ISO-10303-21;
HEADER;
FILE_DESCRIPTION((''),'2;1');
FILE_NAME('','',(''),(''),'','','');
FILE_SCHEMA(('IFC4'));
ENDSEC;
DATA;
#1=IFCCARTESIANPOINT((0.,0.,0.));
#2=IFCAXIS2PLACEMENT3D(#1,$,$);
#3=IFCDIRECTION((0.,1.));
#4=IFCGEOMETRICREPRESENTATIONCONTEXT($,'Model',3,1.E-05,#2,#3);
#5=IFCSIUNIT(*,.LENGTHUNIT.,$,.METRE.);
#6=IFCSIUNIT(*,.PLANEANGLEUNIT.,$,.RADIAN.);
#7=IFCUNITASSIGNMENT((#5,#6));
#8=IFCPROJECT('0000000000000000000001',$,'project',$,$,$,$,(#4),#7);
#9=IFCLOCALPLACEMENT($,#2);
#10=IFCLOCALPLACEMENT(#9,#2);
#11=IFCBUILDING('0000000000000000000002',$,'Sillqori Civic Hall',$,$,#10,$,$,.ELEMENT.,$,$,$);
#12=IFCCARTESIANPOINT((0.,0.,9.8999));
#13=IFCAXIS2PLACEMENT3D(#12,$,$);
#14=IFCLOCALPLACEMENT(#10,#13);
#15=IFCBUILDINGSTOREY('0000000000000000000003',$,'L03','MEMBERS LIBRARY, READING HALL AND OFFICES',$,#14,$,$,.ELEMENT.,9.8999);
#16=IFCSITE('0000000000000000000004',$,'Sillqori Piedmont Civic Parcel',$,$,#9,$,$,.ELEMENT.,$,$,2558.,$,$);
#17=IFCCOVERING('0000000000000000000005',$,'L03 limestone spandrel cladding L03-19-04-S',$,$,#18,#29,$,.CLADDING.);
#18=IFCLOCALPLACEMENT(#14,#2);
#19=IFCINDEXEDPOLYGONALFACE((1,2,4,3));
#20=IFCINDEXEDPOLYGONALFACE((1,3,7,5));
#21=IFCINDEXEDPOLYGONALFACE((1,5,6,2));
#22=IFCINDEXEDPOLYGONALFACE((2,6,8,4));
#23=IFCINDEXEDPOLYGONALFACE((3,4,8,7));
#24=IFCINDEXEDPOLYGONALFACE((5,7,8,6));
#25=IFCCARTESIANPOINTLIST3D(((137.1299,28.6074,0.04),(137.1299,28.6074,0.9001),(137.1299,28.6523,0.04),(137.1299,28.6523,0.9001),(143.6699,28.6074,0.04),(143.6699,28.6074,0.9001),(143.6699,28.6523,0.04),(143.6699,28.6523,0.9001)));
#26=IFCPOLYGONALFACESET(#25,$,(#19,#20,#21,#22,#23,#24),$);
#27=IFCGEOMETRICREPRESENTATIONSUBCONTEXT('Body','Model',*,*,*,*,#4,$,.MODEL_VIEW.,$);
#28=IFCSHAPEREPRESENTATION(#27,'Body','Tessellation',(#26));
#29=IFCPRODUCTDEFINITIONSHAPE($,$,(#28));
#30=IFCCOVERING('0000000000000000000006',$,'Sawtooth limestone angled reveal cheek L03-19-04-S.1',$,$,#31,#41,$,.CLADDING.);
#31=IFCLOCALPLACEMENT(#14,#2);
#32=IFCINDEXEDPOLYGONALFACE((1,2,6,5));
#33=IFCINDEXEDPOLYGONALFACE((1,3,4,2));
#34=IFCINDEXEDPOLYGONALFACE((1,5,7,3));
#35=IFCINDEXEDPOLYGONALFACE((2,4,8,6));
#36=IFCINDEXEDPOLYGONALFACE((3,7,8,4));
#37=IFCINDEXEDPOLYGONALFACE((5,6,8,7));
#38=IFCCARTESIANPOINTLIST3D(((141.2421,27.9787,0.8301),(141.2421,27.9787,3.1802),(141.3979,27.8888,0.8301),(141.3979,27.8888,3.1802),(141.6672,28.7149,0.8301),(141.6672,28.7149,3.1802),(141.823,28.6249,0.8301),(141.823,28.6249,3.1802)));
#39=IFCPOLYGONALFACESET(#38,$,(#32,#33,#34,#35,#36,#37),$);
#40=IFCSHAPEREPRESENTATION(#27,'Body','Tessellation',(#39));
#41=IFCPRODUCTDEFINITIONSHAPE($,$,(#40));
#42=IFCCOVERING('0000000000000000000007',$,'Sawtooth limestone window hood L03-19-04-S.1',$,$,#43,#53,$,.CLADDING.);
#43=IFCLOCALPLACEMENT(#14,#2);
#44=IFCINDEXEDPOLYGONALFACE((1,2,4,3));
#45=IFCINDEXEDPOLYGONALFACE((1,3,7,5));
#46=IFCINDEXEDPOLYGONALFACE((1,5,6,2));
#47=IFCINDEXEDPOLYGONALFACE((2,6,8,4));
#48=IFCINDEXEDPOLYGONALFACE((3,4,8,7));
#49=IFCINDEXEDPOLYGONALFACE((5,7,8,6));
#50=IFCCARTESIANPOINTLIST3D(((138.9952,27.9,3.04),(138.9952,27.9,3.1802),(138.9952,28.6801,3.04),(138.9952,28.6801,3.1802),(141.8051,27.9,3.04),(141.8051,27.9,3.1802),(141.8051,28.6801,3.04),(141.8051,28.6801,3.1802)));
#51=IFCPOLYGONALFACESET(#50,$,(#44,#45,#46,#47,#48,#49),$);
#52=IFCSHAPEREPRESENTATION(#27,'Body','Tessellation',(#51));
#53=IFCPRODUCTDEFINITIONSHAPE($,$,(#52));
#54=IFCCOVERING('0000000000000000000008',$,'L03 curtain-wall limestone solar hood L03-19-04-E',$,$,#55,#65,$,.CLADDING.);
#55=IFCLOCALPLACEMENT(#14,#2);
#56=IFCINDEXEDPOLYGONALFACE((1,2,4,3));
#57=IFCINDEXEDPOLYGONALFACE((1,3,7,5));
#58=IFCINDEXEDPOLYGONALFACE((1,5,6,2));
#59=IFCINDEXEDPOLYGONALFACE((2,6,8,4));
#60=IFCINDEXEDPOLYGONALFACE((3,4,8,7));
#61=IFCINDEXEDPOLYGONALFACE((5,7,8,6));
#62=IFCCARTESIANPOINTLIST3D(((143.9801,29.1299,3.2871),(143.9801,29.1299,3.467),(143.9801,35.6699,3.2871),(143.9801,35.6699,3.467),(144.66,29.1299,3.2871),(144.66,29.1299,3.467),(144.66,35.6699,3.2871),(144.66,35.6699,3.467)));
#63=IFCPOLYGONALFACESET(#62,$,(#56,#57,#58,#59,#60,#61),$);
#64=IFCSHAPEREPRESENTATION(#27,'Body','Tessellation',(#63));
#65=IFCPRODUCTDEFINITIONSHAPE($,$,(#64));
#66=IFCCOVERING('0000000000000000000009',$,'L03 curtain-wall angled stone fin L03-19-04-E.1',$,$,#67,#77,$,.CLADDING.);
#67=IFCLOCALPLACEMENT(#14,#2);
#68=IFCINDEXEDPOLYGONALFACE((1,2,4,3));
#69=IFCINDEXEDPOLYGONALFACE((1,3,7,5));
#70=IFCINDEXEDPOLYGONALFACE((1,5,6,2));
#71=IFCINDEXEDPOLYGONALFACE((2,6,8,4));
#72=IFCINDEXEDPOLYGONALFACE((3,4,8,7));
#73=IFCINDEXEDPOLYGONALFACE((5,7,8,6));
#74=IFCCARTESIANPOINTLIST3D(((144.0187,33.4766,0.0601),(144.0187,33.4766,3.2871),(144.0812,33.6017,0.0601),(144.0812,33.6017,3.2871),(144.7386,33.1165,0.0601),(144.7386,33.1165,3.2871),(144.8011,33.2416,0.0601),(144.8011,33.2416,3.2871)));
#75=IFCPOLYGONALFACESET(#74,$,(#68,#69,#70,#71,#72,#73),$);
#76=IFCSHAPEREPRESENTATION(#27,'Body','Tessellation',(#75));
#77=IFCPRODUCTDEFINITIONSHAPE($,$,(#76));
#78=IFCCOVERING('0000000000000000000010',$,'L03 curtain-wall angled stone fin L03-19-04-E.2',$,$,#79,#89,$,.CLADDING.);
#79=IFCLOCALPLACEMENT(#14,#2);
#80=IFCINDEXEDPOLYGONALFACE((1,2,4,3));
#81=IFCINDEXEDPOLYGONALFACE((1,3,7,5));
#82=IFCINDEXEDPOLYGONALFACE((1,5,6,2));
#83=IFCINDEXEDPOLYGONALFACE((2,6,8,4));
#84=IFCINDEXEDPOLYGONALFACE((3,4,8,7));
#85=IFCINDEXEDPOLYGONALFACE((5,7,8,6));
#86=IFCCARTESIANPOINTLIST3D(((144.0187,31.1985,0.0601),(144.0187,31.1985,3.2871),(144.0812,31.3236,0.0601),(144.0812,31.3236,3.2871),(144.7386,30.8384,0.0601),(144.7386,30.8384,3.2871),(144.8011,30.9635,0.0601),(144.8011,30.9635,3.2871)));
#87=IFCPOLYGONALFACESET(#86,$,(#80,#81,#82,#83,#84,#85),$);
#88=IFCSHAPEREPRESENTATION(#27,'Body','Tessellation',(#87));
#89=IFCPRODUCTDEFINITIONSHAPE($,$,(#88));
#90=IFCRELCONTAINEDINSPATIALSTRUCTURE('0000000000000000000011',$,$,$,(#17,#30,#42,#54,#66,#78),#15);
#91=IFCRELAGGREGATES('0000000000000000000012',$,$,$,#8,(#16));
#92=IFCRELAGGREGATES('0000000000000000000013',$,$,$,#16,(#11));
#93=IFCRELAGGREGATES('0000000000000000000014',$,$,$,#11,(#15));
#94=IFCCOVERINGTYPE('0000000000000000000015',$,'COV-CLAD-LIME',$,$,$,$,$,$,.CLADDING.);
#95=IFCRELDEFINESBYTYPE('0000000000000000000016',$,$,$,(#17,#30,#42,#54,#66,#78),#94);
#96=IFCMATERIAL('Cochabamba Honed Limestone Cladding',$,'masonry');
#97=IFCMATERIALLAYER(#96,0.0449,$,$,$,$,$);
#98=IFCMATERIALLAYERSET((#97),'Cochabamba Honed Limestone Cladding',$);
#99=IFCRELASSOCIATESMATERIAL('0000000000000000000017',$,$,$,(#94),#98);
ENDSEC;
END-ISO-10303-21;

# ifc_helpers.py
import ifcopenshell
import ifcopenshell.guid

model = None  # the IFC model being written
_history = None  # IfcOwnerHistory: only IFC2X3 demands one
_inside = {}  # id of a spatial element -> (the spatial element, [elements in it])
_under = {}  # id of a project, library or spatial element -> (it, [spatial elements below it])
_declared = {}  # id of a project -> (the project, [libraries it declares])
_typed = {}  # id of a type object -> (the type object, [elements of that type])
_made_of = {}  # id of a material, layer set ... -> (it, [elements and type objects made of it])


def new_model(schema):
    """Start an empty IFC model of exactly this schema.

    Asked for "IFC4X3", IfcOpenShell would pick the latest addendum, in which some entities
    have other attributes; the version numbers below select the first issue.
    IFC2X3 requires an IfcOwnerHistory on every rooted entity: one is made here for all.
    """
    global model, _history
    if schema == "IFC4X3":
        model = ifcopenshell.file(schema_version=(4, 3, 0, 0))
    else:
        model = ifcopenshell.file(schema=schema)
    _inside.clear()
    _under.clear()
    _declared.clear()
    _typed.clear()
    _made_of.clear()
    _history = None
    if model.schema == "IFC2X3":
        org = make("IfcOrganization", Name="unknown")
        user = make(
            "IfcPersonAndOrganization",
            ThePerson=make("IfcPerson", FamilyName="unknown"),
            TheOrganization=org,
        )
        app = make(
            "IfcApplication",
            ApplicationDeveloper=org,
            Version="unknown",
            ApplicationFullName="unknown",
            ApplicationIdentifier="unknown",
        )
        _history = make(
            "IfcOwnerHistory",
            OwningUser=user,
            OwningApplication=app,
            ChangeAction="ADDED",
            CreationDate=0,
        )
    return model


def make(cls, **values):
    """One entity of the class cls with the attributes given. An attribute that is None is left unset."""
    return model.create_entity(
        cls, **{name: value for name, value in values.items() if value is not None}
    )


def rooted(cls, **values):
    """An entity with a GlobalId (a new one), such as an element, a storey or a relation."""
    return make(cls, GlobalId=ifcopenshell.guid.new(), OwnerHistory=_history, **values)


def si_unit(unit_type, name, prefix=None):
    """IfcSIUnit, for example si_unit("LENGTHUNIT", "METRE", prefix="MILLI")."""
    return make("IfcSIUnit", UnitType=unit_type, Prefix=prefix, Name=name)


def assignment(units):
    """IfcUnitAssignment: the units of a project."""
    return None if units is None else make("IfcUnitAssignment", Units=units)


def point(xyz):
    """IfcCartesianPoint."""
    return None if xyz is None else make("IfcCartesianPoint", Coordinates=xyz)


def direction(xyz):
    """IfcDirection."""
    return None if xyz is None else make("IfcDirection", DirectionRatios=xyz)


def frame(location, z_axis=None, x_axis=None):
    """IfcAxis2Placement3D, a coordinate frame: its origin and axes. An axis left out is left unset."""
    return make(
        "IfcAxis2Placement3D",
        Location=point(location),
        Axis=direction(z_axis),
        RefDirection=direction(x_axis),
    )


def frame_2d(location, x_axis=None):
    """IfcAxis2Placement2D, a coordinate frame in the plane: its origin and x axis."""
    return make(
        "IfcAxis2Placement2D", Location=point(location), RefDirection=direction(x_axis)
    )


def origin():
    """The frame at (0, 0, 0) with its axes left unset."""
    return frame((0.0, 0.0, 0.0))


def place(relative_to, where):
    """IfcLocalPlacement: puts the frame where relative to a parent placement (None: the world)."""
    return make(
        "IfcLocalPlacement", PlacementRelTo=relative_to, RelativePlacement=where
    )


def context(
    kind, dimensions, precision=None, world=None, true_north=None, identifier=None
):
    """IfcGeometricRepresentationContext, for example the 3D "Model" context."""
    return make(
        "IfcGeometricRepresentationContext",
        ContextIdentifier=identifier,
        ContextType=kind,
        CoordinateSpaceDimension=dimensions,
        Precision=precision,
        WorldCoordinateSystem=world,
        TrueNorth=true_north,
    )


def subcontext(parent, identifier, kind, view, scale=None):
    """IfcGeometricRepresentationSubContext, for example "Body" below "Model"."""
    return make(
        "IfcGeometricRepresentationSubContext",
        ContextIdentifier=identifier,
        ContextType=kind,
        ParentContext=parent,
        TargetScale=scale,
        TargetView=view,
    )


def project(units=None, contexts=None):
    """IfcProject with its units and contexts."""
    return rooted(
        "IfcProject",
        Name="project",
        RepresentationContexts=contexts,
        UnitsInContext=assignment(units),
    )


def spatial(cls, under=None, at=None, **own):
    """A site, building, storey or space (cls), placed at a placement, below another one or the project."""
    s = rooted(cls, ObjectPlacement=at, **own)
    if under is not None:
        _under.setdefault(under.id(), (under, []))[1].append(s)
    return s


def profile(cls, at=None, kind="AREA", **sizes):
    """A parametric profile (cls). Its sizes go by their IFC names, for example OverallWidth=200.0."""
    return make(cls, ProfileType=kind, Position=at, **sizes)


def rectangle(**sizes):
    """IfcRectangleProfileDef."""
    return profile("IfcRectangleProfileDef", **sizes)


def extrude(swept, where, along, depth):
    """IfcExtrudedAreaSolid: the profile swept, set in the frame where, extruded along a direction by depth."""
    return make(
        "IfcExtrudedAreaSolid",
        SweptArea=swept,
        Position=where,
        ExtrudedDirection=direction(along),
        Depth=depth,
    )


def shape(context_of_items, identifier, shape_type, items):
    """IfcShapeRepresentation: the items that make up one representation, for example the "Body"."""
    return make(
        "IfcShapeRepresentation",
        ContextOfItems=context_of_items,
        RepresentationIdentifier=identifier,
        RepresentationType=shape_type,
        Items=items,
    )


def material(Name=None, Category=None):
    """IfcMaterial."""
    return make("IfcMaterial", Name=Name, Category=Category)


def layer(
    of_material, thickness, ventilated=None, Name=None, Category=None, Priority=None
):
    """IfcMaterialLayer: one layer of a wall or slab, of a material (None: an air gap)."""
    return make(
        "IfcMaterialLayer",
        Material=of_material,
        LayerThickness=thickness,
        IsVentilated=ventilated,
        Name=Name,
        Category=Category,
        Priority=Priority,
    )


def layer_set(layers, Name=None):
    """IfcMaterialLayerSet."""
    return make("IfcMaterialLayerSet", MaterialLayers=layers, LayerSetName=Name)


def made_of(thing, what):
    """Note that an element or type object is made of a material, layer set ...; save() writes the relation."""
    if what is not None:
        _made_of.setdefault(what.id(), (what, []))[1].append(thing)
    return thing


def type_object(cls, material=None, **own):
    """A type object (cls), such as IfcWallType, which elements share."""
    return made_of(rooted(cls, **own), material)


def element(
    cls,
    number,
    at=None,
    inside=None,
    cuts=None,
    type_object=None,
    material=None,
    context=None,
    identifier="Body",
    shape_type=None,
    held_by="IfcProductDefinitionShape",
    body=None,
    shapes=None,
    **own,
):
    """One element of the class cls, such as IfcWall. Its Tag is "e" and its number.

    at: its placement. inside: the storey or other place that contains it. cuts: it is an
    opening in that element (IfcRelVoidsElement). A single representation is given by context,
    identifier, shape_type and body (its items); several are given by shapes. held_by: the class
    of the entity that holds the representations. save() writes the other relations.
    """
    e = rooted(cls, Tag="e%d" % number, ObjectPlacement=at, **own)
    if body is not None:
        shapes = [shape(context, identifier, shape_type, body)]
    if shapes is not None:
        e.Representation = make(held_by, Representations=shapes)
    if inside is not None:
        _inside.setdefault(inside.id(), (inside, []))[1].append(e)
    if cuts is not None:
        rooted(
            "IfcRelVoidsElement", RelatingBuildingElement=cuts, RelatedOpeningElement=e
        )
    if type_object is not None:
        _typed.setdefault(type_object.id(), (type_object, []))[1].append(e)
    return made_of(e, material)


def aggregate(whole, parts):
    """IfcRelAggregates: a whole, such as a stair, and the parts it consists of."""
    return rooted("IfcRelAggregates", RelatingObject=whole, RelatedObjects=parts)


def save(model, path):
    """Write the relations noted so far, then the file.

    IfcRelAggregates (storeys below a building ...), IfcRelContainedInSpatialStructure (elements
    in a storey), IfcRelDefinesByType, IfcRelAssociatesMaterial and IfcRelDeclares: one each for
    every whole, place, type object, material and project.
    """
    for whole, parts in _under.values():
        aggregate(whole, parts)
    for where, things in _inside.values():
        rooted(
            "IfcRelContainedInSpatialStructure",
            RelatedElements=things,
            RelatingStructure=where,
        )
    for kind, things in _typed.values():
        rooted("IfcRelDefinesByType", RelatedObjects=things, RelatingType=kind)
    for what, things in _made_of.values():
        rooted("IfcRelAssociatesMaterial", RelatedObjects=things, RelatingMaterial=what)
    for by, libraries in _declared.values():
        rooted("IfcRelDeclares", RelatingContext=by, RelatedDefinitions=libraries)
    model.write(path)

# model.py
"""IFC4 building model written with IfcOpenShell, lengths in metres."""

from ifc_helpers import new_model, si_unit, direction, frame, frame_2d, origin, place, context, subcontext, project, spatial, rectangle, extrude, material, layer, layer_set, type_object, element, save


model = new_model("IFC4")

# Units and contexts
model_context = context("Model", 3, precision=1e-05, world=origin(), true_north=direction((0.0, 1.0)))
body_context = subcontext(model_context, "Body", "Model", "MODEL_VIEW")
ifc_project = project(units=[si_unit("LENGTHUNIT", "METRE"), si_unit("PLANEANGLEUNIT", "RADIAN")], contexts=[model_context])

# Site, building, storey
site_placement = place(None, origin())
site = spatial("IfcSite", under=ifc_project, at=site_placement, Name="Sillqori Piedmont Civic Parcel", CompositionType="ELEMENT", RefElevation=2558.0)
building_placement = place(site_placement, origin())
building = spatial("IfcBuilding", under=site, at=building_placement, Name="Sillqori Civic Hall", CompositionType="ELEMENT")
storey_placement = place(building_placement, frame((0.0, 0.0, 9.8999)))
storey = spatial("IfcBuildingStorey", under=building, at=storey_placement, Name="L03", Description="MEMBERS LIBRARY, READING HALL AND OFFICES", CompositionType="ELEMENT", Elevation=9.8999)

# Coverings
ifc_material_1 = material(Name="Cochabamba Honed Limestone Cladding", Category="masonry")
ifc_layer_1 = layer(ifc_material_1, 0.0449)
ifc_layer_set_1 = layer_set([ifc_layer_1], Name="Cochabamba Honed Limestone Cladding")
covering_type = type_object("IfcCoveringType", Name="COV-CLAD-LIME", PredefinedType="CLADDING", material=ifc_layer_set_1)
covering_1_placement = place(storey_placement, frame((143.6699, 28.6299, 0.04), z_axis=(0.0, 0.0, 1.0), x_axis=(-1.0, 0.0, 0.0)))
element("IfcCovering", 1, at=covering_1_placement, inside=storey, type_object=covering_type, Name="L03 limestone spandrel cladding L03-19-04-S", PredefinedType="CLADDING", context=body_context, shape_type="SweptSolid", body=[
    extrude(rectangle(XDim=6.54, YDim=0.0449, at=frame_2d((3.27, 0.0))), origin(), (0.0, 0.0, 1.0), 0.8601),
])
covering_2_placement = place(storey_placement, frame((141.7451, 28.6699, 0.8301), z_axis=(0.0, 0.0, 1.0), x_axis=(-0.500062, -0.865989, 0.0)))
element("IfcCovering", 2, at=covering_2_placement, inside=storey, type_object=covering_type, Name="Sawtooth limestone angled reveal cheek L03-19-04-S.1", PredefinedType="CLADDING", context=body_context, shape_type="SweptSolid", body=[
    extrude(rectangle(XDim=0.8501, YDim=0.1799, at=frame_2d((0.425, 0.0))), origin(), (0.0, 0.0, 1.0), 2.3501),
])
covering_3_placement = place(storey_placement, frame((141.8049, 28.29, 3.04), z_axis=(0.0, 0.0, 1.0), x_axis=(-1.0, 0.0, 0.0)))
element("IfcCovering", 3, at=covering_3_placement, inside=storey, type_object=covering_type, Name="Sawtooth limestone window hood L03-19-04-S.1", PredefinedType="CLADDING", context=body_context, shape_type="SweptSolid", body=[
    extrude(rectangle(XDim=2.8098, YDim=0.78, at=frame_2d((1.4048, 0.0))), origin(), (0.0, 0.0, 1.0), 0.1401),
])
covering_4_placement = place(storey_placement, frame((144.3201, 35.6699, 3.2871), z_axis=(0.0, 0.0, 1.0), x_axis=(0.0, -1.0, 0.0)))
element("IfcCovering", 4, at=covering_4_placement, inside=storey, type_object=covering_type, Name="L03 curtain-wall limestone solar hood L03-19-04-E", PredefinedType="CLADDING", context=body_context, shape_type="SweptSolid", body=[
    extrude(rectangle(XDim=6.54, YDim=0.6799, at=frame_2d((3.27, 0.0))), origin(), (0.0, 0.0, 1.0), 0.1799),
])
for number, where, z_axis, x_axis, name in (
    (5, (144.05, 33.5391, 0.0601), (0.0, 0.0, 1.0), (0.894367, -0.447335, 0.0), "L03 curtain-wall angled stone fin L03-19-04-E.1"),
    (6, (144.05, 31.261, 0.0601), (0.0, 0.0, 1.0), (0.894367, -0.447335, 0.0), "L03 curtain-wall angled stone fin L03-19-04-E.2"),
):
    element("IfcCovering", number, at=place(storey_placement, frame(where, z_axis=z_axis, x_axis=x_axis)), inside=storey, type_object=covering_type, Name=name, PredefinedType="CLADDING", context=body_context, shape_type="SweptSolid", body=[
        extrude(rectangle(XDim=0.8049, YDim=0.1399, at=frame_2d((0.4023, 0.0))), origin(), (0.0, 0.0, 1.0), 3.2271),
    ])

save(model, "model.ifc")
